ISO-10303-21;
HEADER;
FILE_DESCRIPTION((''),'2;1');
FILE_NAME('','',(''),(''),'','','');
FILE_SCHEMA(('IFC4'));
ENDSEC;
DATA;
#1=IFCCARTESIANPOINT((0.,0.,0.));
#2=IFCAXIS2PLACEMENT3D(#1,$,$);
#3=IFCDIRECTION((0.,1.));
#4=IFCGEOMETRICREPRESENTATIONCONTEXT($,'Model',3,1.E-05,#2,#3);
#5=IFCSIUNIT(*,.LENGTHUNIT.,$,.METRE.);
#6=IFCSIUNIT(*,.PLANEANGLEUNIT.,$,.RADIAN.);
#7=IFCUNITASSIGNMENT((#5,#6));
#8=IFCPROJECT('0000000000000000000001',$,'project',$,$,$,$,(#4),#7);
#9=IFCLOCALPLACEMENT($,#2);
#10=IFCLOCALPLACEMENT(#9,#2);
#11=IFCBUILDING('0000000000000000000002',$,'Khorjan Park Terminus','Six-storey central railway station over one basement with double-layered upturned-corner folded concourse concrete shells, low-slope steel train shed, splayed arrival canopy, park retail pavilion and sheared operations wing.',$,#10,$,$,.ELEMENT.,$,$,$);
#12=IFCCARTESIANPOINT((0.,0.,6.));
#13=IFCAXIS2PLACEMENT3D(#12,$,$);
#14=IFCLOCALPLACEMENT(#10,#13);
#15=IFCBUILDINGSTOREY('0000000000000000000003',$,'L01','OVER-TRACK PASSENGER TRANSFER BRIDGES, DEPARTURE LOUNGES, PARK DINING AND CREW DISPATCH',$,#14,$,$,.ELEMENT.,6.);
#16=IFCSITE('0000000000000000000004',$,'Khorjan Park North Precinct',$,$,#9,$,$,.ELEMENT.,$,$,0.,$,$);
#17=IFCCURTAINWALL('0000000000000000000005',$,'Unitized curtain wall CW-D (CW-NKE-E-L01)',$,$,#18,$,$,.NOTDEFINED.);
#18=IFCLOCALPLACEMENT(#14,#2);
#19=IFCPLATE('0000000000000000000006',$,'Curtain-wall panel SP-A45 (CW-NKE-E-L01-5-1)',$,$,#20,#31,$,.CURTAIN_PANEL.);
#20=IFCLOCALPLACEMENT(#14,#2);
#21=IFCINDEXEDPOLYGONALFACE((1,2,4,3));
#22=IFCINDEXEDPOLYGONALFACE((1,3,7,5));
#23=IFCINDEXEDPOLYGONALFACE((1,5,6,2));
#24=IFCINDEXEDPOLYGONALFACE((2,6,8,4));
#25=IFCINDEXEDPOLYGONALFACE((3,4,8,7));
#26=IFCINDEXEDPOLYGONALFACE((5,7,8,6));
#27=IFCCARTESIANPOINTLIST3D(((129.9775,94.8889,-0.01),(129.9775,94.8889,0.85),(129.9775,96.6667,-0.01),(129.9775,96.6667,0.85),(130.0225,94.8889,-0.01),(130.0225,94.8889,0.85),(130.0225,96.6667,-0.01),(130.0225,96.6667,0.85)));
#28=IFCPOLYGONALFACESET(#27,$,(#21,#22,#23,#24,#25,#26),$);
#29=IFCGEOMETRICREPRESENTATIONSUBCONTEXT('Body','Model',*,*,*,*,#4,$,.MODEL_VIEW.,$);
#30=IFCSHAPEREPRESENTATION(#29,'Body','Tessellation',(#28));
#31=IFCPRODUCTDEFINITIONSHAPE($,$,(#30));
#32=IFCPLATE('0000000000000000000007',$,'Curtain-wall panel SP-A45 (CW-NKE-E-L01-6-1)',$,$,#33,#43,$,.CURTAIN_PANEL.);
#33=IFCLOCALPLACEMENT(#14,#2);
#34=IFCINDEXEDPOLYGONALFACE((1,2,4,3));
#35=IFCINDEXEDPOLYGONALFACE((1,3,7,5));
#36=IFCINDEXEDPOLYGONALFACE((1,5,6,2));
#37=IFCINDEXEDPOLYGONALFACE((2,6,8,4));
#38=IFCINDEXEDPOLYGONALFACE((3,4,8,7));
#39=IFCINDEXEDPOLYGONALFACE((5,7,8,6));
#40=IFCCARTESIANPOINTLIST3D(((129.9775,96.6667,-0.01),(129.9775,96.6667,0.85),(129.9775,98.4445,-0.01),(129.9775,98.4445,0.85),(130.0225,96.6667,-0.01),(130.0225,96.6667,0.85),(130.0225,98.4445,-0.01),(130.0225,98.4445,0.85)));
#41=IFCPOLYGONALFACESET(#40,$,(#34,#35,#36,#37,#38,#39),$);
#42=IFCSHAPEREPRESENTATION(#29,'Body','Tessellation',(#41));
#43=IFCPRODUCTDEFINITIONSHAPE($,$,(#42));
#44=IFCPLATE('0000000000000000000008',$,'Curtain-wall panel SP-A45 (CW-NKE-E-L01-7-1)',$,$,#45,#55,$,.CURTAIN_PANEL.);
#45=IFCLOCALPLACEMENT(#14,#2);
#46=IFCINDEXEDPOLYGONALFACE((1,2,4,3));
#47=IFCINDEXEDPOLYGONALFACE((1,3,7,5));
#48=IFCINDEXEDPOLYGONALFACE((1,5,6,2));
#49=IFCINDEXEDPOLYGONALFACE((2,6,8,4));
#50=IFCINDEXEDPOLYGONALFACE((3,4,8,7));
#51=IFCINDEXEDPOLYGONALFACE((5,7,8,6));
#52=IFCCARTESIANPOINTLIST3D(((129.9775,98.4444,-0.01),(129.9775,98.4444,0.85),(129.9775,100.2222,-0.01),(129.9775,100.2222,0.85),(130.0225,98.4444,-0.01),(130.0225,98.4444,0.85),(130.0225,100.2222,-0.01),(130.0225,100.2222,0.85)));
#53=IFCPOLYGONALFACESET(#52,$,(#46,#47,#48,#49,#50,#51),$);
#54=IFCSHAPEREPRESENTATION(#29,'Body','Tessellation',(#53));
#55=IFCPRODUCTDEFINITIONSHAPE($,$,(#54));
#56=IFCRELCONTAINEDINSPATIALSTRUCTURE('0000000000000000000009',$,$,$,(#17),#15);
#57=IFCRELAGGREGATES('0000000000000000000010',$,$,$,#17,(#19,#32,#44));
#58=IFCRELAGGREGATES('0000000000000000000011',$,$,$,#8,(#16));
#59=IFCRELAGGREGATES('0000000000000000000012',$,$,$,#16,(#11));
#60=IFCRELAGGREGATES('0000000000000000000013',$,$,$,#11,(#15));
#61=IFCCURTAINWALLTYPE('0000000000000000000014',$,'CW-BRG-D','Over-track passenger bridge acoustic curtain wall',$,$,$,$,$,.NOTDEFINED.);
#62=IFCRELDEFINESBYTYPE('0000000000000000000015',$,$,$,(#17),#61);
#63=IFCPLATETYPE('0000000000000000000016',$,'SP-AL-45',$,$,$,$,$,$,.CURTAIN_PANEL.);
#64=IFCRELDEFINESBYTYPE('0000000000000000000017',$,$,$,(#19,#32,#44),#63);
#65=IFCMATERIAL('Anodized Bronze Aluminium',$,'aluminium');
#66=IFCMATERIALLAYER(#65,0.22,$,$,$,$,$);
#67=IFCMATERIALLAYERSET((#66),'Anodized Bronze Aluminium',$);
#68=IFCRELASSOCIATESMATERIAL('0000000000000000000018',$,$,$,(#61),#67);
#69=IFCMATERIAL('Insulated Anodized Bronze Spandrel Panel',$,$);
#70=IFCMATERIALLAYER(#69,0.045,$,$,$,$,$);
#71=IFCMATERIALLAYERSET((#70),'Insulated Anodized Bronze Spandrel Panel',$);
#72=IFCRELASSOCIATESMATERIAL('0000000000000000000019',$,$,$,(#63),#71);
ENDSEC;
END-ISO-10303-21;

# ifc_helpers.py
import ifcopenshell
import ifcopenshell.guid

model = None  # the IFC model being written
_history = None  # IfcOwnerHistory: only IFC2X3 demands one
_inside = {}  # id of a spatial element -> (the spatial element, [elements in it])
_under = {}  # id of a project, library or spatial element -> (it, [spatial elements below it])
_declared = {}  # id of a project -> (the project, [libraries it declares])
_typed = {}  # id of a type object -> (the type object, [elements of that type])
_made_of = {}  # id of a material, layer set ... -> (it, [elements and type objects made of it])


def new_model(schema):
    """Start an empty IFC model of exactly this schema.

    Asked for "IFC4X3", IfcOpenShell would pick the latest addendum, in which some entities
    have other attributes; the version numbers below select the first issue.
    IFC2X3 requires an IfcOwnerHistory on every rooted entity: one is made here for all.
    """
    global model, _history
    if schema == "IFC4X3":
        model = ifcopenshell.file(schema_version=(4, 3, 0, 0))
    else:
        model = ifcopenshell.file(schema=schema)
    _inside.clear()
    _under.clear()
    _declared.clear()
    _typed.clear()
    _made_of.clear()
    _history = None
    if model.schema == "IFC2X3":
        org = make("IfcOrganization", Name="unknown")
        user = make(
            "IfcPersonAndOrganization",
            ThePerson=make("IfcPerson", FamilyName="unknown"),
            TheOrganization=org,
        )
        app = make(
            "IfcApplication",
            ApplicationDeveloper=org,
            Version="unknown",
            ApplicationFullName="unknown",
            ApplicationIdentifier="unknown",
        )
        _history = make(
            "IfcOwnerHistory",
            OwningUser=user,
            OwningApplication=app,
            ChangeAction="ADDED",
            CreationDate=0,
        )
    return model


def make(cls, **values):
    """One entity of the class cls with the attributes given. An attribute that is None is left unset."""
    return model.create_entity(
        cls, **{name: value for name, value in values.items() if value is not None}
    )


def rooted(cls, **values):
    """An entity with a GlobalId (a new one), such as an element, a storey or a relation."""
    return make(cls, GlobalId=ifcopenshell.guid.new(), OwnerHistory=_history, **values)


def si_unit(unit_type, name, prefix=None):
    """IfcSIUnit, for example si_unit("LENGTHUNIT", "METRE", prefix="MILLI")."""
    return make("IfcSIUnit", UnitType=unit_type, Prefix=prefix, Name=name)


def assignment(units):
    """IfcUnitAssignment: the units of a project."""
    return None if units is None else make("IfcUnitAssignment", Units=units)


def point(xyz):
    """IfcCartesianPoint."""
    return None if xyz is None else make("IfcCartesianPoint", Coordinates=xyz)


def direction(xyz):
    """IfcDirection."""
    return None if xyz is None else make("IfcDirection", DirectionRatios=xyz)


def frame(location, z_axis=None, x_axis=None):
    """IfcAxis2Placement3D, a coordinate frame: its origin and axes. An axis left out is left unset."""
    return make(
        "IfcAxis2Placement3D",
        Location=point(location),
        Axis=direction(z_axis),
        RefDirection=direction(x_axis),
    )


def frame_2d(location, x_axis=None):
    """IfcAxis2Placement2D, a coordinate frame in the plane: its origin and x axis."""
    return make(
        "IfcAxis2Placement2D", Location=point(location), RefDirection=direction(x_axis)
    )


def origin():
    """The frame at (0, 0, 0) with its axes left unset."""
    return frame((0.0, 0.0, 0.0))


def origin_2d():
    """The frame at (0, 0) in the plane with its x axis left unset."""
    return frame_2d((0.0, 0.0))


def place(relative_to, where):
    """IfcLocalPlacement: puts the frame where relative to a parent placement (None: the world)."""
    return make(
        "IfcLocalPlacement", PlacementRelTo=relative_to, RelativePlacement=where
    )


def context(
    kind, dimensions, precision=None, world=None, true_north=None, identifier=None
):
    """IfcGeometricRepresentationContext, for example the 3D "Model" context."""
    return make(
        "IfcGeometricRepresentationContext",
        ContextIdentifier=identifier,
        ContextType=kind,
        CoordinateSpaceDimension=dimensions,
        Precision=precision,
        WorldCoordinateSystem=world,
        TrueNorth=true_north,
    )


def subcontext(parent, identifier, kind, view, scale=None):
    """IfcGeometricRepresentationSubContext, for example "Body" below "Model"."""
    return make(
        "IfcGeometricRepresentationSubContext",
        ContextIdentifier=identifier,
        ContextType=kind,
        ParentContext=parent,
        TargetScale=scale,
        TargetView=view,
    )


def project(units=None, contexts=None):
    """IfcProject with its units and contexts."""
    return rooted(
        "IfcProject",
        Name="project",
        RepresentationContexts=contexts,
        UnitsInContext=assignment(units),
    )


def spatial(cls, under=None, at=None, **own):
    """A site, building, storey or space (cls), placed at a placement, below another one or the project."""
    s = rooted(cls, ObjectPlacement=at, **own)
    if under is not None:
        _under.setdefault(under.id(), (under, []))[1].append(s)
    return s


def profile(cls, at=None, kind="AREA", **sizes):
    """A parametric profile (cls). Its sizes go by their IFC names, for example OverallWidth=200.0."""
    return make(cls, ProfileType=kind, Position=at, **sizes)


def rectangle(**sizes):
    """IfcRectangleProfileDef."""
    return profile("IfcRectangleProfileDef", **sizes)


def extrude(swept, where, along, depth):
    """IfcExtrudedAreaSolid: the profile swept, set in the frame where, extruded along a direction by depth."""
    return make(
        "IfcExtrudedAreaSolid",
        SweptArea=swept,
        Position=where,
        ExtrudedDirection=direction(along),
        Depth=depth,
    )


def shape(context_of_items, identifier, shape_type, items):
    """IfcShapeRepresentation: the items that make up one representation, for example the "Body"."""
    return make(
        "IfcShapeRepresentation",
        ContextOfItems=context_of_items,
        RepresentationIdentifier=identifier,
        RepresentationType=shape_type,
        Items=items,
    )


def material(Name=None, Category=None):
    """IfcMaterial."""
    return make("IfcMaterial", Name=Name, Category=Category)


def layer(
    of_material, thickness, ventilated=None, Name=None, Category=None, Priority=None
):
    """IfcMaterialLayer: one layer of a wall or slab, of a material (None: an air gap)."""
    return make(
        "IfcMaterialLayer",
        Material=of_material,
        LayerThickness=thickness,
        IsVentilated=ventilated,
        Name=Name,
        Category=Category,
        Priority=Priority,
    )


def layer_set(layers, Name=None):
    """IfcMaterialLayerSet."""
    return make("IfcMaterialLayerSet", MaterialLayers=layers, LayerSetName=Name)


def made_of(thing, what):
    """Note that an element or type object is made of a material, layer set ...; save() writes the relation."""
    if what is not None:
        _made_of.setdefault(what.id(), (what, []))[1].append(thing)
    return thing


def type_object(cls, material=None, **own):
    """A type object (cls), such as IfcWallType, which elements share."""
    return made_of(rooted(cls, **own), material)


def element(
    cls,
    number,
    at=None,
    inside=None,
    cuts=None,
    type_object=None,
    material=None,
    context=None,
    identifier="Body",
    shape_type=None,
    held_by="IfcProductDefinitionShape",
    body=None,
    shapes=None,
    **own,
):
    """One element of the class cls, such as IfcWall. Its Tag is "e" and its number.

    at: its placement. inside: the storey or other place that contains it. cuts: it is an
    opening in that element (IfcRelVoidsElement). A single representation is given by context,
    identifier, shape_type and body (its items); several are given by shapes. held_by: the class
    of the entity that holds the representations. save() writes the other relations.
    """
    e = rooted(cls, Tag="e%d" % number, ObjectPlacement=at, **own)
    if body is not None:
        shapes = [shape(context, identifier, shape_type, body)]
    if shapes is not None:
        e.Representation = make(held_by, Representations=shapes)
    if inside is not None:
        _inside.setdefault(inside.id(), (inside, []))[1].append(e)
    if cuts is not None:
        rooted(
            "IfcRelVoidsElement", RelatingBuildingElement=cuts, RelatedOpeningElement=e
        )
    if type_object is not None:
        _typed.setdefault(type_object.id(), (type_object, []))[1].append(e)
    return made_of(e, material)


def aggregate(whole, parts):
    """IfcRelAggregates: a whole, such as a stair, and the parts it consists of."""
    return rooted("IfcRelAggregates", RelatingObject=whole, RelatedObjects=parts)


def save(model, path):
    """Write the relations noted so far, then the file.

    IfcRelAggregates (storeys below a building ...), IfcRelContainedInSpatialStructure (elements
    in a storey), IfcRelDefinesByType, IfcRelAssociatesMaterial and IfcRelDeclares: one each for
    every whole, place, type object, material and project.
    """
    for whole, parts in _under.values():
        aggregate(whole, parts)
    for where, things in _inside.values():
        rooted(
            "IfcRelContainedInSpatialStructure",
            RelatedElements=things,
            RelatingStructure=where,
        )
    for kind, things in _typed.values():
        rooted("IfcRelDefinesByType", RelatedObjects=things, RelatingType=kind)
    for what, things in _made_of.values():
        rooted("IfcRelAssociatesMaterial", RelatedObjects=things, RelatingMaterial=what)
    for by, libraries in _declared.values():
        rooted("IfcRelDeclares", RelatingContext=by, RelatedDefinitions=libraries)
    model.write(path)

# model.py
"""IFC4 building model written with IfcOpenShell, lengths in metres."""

from ifc_helpers import new_model, si_unit, direction, frame, origin, origin_2d, place, context, subcontext, project, spatial, rectangle, extrude, material, layer, layer_set, type_object, element, aggregate, save


model = new_model("IFC4")

# Units and contexts
model_context = context("Model", 3, precision=1e-05, world=origin(), true_north=direction((0.0, 1.0)))
body_context = subcontext(model_context, "Body", "Model", "MODEL_VIEW")
ifc_project = project(units=[si_unit("LENGTHUNIT", "METRE"), si_unit("PLANEANGLEUNIT", "RADIAN")], contexts=[model_context])

# Site, building, storey
site_placement = place(None, origin())
site = spatial("IfcSite", under=ifc_project, at=site_placement, Name="Khorjan Park North Precinct", CompositionType="ELEMENT", RefElevation=0.0)
building_placement = place(site_placement, origin())
building = spatial("IfcBuilding", under=site, at=building_placement, Name="Khorjan Park Terminus", Description="Six-storey central railway station over one basement with double-layered upturned-corner folded concourse concrete shells, low-slope steel train shed, splayed arrival canopy, park retail pavilion and sheared operations wing.", CompositionType="ELEMENT")
storey_placement = place(building_placement, frame((0.0, 0.0, 6.0)))
storey = spatial("IfcBuildingStorey", under=building, at=storey_placement, Name="L01", Description="OVER-TRACK PASSENGER TRANSFER BRIDGES, DEPARTURE LOUNGES, PARK DINING AND CREW DISPATCH", CompositionType="ELEMENT", Elevation=6.0)

# Curtain wall, plates
ifc_material_1 = material(Name="Anodized Bronze Aluminium", Category="aluminium")
ifc_layer_1 = layer(ifc_material_1, 0.22)
ifc_layer_set_1 = layer_set([ifc_layer_1], Name="Anodized Bronze Aluminium")
curtain_wall_type = type_object("IfcCurtainWallType", Name="CW-BRG-D", Description="Over-track passenger bridge acoustic curtain wall", PredefinedType="NOTDEFINED", material=ifc_layer_set_1)
curtain_wall_placement = place(storey_placement, origin())
curtain_wall = element("IfcCurtainWall", 1, at=curtain_wall_placement, inside=storey, type_object=curtain_wall_type, Name="Unitized curtain wall CW-D (CW-NKE-E-L01)", PredefinedType="NOTDEFINED")
ifc_material_2 = material(Name="Insulated Anodized Bronze Spandrel Panel")
ifc_layer_2 = layer(ifc_material_2, 0.045)
ifc_layer_set_2 = layer_set([ifc_layer_2], Name="Insulated Anodized Bronze Spandrel Panel")
plate_type_1 = type_object("IfcPlateType", Name="SP-AL-45", PredefinedType="CURTAIN_PANEL", material=ifc_layer_set_2)
plate_1_placement = place(storey_placement, frame((130.0, 95.7778, -0.01), z_axis=(0.0, 0.0, 1.0), x_axis=(0.0, 1.0, 0.0)))
plate_1 = element("IfcPlate", 2, at=plate_1_placement, type_object=plate_type_1, Name="Curtain-wall panel SP-A45 (CW-NKE-E-L01-5-1)", PredefinedType="CURTAIN_PANEL", context=body_context, shape_type="SweptSolid", body=[
    extrude(rectangle(XDim=1.7778, YDim=0.045, at=origin_2d()), origin(), (0.0, 0.0, 1.0), 0.86),
])
plate_2_placement = place(storey_placement, frame((130.0, 97.5556, -0.01), z_axis=(0.0, 0.0, 1.0), x_axis=(0.0, 1.0, 0.0)))
plate_2 = element("IfcPlate", 3, at=plate_2_placement, type_object=plate_type_1, Name="Curtain-wall panel SP-A45 (CW-NKE-E-L01-6-1)", PredefinedType="CURTAIN_PANEL", context=body_context, shape_type="SweptSolid", body=[
    extrude(rectangle(XDim=1.7778, YDim=0.045, at=origin_2d()), origin(), (0.0, 0.0, 1.0), 0.86),
])
plate_3_placement = place(storey_placement, frame((130.0, 99.3333, -0.01), z_axis=(0.0, 0.0, 1.0), x_axis=(0.0, 1.0, 0.0)))
plate_3 = element("IfcPlate", 4, at=plate_3_placement, type_object=plate_type_1, Name="Curtain-wall panel SP-A45 (CW-NKE-E-L01-7-1)", PredefinedType="CURTAIN_PANEL", context=body_context, shape_type="SweptSolid", body=[
    extrude(rectangle(XDim=1.7778, YDim=0.045, at=origin_2d()), origin(), (0.0, 0.0, 1.0), 0.86),
])
aggregate(curtain_wall, [plate_1, plate_2, plate_3])

save(model, "model.ifc")
